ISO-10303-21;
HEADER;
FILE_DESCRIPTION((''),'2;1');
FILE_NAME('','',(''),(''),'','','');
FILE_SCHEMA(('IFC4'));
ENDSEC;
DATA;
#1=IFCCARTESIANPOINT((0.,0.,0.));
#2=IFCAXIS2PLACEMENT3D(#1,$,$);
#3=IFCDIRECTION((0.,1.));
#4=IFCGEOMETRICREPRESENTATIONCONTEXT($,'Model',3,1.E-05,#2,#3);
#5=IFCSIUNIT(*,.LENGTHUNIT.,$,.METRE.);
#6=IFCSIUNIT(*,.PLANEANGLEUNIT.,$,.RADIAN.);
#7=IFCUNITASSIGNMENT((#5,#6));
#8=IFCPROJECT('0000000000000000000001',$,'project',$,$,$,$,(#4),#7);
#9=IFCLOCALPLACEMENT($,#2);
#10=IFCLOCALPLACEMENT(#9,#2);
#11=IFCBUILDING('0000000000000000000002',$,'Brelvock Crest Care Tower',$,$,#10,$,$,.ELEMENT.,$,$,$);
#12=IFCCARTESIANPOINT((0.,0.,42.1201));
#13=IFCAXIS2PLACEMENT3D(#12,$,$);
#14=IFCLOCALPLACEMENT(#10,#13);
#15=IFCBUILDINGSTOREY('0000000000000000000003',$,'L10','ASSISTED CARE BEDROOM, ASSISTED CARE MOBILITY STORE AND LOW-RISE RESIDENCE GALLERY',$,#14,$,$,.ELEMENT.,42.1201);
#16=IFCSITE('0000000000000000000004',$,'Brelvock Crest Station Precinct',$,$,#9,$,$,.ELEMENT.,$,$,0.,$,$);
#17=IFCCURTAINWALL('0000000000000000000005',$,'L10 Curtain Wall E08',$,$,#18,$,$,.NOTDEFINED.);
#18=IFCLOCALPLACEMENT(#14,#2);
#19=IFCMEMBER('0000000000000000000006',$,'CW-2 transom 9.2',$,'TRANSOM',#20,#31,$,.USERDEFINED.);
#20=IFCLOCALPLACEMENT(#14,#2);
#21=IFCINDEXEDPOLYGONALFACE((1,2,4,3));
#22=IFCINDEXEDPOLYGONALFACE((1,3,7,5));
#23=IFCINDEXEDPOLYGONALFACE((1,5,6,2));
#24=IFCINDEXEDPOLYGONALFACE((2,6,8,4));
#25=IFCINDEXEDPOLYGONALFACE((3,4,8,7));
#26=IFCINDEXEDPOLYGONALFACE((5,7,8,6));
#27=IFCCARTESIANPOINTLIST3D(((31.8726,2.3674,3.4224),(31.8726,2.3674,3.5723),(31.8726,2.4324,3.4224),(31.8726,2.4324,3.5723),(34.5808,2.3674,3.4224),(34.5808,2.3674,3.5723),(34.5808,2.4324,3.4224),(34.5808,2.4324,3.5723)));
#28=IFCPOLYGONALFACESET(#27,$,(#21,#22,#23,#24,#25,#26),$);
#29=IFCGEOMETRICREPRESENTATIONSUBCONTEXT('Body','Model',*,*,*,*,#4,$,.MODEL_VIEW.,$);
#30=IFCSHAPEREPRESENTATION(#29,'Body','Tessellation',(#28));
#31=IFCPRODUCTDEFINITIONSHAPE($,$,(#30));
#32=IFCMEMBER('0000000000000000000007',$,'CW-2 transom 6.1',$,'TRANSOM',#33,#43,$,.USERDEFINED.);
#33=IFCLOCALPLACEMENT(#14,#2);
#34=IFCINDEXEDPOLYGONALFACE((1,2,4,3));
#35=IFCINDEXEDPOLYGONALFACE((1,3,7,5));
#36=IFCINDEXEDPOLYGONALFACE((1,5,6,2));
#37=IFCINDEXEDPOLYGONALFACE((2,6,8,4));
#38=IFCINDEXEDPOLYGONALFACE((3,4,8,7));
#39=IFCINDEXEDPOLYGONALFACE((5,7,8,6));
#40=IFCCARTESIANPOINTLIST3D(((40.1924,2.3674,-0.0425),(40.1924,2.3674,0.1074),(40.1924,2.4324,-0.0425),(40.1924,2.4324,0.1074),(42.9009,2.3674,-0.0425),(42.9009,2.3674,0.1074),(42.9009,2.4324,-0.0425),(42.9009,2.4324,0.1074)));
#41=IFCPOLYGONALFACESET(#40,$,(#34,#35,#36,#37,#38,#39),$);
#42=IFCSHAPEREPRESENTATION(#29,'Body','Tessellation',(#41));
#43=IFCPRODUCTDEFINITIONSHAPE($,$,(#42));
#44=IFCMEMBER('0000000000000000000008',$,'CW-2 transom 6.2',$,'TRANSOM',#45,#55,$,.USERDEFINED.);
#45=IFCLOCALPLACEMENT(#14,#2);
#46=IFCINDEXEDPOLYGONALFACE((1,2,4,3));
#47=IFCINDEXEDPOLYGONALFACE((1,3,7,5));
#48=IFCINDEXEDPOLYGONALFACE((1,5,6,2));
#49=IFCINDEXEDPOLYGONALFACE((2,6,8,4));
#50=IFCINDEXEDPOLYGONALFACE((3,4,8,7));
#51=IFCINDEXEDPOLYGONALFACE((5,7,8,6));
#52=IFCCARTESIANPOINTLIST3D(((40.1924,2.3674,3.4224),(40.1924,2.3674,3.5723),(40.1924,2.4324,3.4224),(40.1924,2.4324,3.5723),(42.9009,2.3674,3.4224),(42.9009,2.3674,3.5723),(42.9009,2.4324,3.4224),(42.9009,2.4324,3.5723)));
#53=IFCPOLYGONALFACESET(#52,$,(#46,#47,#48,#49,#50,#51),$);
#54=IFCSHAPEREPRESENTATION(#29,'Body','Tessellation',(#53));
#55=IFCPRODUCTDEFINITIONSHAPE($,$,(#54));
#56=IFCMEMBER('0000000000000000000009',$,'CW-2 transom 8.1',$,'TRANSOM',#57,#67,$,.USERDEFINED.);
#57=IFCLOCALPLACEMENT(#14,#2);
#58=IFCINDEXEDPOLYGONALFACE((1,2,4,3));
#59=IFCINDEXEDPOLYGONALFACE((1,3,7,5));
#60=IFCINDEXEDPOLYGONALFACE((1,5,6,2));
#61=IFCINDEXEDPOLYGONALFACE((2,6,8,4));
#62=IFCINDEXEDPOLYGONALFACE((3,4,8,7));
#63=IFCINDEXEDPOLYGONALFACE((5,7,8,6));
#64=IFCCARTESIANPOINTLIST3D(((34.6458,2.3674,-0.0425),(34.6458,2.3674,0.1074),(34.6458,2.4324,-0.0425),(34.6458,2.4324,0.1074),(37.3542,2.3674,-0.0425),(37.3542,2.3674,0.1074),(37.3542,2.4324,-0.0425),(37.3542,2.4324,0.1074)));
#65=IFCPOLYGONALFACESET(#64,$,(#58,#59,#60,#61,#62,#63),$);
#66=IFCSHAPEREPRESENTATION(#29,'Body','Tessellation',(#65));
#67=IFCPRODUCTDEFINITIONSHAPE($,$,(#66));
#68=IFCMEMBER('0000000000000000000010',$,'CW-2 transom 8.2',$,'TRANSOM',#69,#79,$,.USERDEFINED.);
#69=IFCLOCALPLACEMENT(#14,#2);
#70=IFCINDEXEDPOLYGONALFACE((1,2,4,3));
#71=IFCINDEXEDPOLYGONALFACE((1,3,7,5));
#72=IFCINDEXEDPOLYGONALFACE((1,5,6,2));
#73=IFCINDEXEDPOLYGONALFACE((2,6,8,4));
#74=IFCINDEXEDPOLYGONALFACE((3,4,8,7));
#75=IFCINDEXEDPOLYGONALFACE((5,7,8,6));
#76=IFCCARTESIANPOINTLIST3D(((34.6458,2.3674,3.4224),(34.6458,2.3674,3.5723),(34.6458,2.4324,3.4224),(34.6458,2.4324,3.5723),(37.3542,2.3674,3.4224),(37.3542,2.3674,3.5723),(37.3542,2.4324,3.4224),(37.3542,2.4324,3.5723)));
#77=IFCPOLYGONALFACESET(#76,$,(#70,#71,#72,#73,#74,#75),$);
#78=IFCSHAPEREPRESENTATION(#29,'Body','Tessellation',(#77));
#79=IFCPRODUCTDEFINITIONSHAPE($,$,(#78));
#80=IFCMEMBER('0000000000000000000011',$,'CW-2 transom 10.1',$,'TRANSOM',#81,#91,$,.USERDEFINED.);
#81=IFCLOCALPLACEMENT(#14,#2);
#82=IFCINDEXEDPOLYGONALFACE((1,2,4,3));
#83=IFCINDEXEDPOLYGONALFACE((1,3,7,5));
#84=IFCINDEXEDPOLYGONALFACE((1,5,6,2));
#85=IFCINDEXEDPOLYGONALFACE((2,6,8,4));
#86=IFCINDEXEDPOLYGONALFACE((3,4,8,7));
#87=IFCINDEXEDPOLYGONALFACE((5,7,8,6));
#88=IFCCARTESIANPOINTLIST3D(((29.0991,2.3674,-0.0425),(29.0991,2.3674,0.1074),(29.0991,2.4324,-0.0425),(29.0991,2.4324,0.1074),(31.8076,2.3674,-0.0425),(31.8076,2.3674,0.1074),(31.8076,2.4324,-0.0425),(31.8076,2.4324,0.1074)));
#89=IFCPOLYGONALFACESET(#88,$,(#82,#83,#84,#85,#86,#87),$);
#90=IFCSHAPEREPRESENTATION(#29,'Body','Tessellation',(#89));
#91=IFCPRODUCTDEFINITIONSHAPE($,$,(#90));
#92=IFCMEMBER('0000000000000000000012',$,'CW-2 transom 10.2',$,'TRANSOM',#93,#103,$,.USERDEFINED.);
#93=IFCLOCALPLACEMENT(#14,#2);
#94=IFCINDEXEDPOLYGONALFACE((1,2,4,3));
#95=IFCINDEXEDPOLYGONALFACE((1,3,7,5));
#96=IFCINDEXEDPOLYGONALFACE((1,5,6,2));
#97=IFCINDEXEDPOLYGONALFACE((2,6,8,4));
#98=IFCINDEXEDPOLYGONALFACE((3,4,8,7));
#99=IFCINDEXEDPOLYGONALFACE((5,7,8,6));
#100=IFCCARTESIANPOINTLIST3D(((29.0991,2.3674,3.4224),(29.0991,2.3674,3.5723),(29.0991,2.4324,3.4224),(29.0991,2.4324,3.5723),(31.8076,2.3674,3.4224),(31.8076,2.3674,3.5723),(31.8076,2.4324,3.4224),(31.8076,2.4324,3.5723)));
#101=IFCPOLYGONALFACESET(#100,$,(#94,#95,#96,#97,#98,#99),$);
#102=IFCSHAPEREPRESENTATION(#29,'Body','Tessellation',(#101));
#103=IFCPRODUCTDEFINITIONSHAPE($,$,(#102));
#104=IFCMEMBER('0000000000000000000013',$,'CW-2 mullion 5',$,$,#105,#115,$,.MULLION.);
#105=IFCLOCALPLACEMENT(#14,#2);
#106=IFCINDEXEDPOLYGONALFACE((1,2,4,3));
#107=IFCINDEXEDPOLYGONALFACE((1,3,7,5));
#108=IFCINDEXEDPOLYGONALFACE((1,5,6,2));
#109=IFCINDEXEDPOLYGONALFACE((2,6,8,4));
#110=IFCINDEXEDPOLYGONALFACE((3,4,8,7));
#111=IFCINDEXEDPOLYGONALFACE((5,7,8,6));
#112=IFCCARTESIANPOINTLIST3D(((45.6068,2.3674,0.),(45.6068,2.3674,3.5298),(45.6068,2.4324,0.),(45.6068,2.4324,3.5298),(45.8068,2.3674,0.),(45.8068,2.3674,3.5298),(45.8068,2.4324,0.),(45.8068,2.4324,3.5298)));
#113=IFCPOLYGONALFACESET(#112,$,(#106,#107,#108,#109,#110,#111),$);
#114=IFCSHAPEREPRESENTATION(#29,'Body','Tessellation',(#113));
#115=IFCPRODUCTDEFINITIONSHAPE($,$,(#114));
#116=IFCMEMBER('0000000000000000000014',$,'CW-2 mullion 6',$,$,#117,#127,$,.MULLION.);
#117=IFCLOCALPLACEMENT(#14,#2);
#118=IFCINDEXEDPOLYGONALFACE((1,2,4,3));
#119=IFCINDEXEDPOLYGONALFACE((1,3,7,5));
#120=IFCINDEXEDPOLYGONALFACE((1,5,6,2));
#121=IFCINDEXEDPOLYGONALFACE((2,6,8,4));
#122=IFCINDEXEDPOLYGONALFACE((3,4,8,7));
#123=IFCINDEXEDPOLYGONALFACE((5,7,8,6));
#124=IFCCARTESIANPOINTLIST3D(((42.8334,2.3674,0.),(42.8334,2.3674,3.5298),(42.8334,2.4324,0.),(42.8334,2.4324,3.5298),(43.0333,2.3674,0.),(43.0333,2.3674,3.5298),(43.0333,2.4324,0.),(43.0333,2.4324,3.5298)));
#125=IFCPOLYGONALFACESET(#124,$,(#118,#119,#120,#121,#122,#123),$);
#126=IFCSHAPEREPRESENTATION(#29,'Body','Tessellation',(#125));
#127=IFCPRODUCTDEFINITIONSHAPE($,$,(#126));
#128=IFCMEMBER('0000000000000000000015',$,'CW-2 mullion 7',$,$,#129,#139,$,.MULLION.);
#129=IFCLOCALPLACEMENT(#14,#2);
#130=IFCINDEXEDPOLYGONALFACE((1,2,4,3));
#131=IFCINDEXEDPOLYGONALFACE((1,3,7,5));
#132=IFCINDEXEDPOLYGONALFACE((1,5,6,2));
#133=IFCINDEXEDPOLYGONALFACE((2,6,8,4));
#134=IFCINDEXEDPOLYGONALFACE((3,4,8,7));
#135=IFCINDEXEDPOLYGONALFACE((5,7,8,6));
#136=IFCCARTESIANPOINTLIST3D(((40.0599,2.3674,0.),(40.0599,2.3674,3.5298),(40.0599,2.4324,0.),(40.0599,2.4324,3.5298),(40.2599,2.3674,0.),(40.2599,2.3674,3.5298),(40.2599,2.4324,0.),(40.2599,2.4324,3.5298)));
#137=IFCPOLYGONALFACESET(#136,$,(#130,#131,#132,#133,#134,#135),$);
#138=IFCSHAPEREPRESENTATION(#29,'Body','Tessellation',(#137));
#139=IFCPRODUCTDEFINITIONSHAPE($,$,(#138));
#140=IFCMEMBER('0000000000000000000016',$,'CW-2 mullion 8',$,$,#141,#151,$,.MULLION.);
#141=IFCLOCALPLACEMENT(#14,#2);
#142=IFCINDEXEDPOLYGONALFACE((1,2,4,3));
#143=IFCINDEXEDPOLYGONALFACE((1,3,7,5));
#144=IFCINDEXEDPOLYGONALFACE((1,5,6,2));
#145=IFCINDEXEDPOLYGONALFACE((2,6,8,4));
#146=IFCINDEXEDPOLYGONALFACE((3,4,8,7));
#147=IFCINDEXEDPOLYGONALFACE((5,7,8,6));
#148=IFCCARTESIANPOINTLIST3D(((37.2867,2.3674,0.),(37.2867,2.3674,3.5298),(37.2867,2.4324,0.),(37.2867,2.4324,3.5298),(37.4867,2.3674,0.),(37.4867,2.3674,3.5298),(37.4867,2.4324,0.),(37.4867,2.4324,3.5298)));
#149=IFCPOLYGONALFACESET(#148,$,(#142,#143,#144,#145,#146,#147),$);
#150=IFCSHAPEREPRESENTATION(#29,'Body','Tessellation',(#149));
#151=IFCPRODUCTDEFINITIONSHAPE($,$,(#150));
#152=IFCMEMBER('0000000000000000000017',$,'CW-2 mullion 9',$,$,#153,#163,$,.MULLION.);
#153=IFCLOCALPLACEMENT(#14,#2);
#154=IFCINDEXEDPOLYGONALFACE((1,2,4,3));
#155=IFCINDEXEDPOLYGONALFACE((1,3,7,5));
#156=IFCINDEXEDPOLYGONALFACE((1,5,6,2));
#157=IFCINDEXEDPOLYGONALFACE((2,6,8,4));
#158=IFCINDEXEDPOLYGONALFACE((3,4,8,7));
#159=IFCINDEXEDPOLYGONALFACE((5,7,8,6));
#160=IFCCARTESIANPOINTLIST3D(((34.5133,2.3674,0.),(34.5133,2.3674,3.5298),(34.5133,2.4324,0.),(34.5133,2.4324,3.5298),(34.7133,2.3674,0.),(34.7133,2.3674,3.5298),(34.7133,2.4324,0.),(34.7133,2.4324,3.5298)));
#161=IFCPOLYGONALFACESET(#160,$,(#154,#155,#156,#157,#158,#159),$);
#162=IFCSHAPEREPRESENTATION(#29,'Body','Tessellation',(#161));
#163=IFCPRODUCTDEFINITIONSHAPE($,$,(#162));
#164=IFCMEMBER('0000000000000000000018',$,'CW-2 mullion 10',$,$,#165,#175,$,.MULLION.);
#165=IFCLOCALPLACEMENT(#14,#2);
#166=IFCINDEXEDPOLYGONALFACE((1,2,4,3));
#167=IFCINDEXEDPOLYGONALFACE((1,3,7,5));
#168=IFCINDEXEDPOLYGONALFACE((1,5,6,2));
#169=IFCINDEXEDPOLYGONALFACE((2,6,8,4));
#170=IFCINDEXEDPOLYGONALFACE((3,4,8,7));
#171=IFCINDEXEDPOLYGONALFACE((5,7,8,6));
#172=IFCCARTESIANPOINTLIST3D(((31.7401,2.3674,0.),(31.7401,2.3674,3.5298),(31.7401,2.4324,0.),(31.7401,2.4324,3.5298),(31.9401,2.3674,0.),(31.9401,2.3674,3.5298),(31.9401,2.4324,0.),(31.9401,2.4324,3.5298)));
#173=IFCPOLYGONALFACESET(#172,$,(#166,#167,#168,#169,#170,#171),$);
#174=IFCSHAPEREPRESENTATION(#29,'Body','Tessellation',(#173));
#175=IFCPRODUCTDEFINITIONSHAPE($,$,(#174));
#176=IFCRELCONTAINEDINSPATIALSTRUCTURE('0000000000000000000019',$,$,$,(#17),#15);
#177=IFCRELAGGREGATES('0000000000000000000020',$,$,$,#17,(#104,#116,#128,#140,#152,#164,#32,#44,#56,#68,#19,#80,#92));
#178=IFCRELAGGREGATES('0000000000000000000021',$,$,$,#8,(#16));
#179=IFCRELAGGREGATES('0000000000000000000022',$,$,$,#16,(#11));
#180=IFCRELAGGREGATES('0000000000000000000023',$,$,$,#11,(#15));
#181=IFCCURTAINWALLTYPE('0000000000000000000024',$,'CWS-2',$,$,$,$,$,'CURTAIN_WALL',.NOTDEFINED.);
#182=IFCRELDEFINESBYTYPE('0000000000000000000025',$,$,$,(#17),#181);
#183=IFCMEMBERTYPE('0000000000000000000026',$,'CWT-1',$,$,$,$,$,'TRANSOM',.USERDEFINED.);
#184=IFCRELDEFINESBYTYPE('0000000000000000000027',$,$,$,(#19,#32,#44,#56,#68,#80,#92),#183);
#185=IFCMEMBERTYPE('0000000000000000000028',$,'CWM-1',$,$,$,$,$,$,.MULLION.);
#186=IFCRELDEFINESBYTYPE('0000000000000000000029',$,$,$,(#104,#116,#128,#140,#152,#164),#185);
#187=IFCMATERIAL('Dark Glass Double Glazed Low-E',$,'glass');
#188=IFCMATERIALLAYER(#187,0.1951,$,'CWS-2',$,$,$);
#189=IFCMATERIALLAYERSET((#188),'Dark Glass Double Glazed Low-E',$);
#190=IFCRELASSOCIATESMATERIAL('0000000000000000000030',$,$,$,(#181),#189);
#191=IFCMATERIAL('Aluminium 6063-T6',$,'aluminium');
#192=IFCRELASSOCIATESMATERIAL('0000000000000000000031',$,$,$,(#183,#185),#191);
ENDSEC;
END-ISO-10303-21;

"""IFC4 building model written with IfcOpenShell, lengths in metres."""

from ifc_helpers import new_model, si_unit, direction, frame, origin, origin_2d, place, context, subcontext, project, spatial, rectangle, extrude, source, transform, mapped, material, layer, layer_set, material_profile, profile_set, type_object, element, aggregate, save


model = new_model("IFC4")

# Units and contexts
model_context = context("Model", 3, precision=1e-05, world=origin(), true_north=direction((0.0, 1.0)))
body_context = subcontext(model_context, "Body", "Model", "MODEL_VIEW")
ifc_project = project(units=[si_unit("LENGTHUNIT", "METRE"), si_unit("PLANEANGLEUNIT", "RADIAN")], contexts=[model_context])

# Site, building, storey
site_placement = place(None, origin())
site = spatial("IfcSite", under=ifc_project, at=site_placement, Name="Brelvock Crest Station Precinct", CompositionType="ELEMENT", RefElevation=0.0)
building_placement = place(site_placement, origin())
building = spatial("IfcBuilding", under=site, at=building_placement, Name="Brelvock Crest Care Tower", CompositionType="ELEMENT")
storey_placement = place(building_placement, frame((0.0, 0.0, 42.1201)))
storey = spatial("IfcBuildingStorey", under=building, at=storey_placement, Name="L10", Description="ASSISTED CARE BEDROOM, ASSISTED CARE MOBILITY STORE AND LOW-RISE RESIDENCE GALLERY", CompositionType="ELEMENT", Elevation=42.1201)

# Curtain wall, members
ifc_material_1 = material(Name="Dark Glass Double Glazed Low-E", Category="glass")
ifc_layer_1 = layer(ifc_material_1, 0.1951, Name="CWS-2")
ifc_layer_set_1 = layer_set([ifc_layer_1], Name="Dark Glass Double Glazed Low-E")
curtain_wall_type = type_object("IfcCurtainWallType", Name="CWS-2", ElementType="CURTAIN_WALL", PredefinedType="NOTDEFINED", material=ifc_layer_set_1)
curtain_wall_placement = place(storey_placement, origin())
curtain_wall = element("IfcCurtainWall", 1, at=curtain_wall_placement, inside=storey, type_object=curtain_wall_type, Name="L10 Curtain Wall E08", PredefinedType="NOTDEFINED")
ifc_material_2 = material(Name="Aluminium 6063-T6", Category="aluminium")
ifc_material_profile_1 = material_profile(ifc_material_2, rectangle(XDim=0.0649, YDim=0.1499, at=origin_2d()), Name="ALU65x150")
ifc_profile_set_1 = profile_set([ifc_material_profile_1], Name="Aluminium 6063-T6")
member_type_1 = type_object("IfcMemberType", Name="CWT-1", ElementType="TRANSOM", PredefinedType="USERDEFINED", material=ifc_profile_set_1)
shared_shape_1 = source(origin(), body_context, "Body", "SweptSolid", [
    extrude(rectangle(XDim=0.0649, YDim=0.1499, at=origin_2d()), origin(), (0.0, 0.0, 1.0), 2.7083),
])
member_1_placement = place(storey_placement, frame((34.5808, 2.3999, 3.4973), z_axis=(-1.0, 0.0, 0.0), x_axis=(0.0, -1.0, 0.0)))
member_1 = element("IfcMember", 2, at=member_1_placement, type_object=member_type_1, Name="CW-2 transom 9.2", ObjectType="TRANSOM", PredefinedType="USERDEFINED", context=body_context, shape_type="MappedRepresentation", body=[
    mapped(shared_shape_1, transform((0.0, 0.0, 0.0), x_axis=(1.0, 0.0, 0.0), y_axis=(0.0, 1.0, 0.0), z_axis=(0.0, 0.0, 1.0), scale=1.0)),
])
shared_shape_2 = source(origin(), body_context, "Body", "SweptSolid", [
    extrude(rectangle(XDim=0.0649, YDim=0.1499, at=origin_2d()), origin(), (0.0, 0.0, 1.0), 2.7085),
])
member_2_placement = place(storey_placement, frame((42.9009, 2.3999, 0.0325), z_axis=(-1.0, 0.0, 0.0), x_axis=(0.0, -1.0, 0.0)))
member_2 = element("IfcMember", 3, at=member_2_placement, type_object=member_type_1, Name="CW-2 transom 6.1", ObjectType="TRANSOM", PredefinedType="USERDEFINED", context=body_context, shape_type="MappedRepresentation", body=[
    mapped(shared_shape_2, transform((0.0, 0.0, 0.0), x_axis=(1.0, 0.0, 0.0), y_axis=(0.0, 1.0, 0.0), z_axis=(0.0, 0.0, 1.0), scale=1.0)),
])
member_3_placement = place(storey_placement, frame((42.9009, 2.3999, 3.4973), z_axis=(-1.0, 0.0, 0.0), x_axis=(0.0, -1.0, 0.0)))
member_3 = element("IfcMember", 4, at=member_3_placement, type_object=member_type_1, Name="CW-2 transom 6.2", ObjectType="TRANSOM", PredefinedType="USERDEFINED", context=body_context, shape_type="MappedRepresentation", body=[
    mapped(shared_shape_2, transform((0.0, 0.0, 0.0), x_axis=(1.0, 0.0, 0.0), y_axis=(0.0, 1.0, 0.0), z_axis=(0.0, 0.0, 1.0), scale=1.0)),
])
member_4_placement = place(storey_placement, frame((37.3542, 2.3999, 0.0325), z_axis=(-1.0, 0.0, 0.0), x_axis=(0.0, -1.0, 0.0)))
member_4 = element("IfcMember", 5, at=member_4_placement, type_object=member_type_1, Name="CW-2 transom 8.1", ObjectType="TRANSOM", PredefinedType="USERDEFINED", context=body_context, shape_type="MappedRepresentation", body=[
    mapped(shared_shape_2, transform((0.0, 0.0, 0.0), x_axis=(1.0, 0.0, 0.0), y_axis=(0.0, 1.0, 0.0), z_axis=(0.0, 0.0, 1.0), scale=1.0)),
])
member_5_placement = place(storey_placement, frame((37.3542, 2.3999, 3.4973), z_axis=(-1.0, 0.0, 0.0), x_axis=(0.0, -1.0, 0.0)))
member_5 = element("IfcMember", 6, at=member_5_placement, type_object=member_type_1, Name="CW-2 transom 8.2", ObjectType="TRANSOM", PredefinedType="USERDEFINED", context=body_context, shape_type="MappedRepresentation", body=[
    mapped(shared_shape_2, transform((0.0, 0.0, 0.0), x_axis=(1.0, 0.0, 0.0), y_axis=(0.0, 1.0, 0.0), z_axis=(0.0, 0.0, 1.0), scale=1.0)),
])
member_6_placement = place(storey_placement, frame((31.8076, 2.3999, 0.0325), z_axis=(-1.0, 0.0, 0.0), x_axis=(0.0, -1.0, 0.0)))
member_6 = element("IfcMember", 7, at=member_6_placement, type_object=member_type_1, Name="CW-2 transom 10.1", ObjectType="TRANSOM", PredefinedType="USERDEFINED", context=body_context, shape_type="MappedRepresentation", body=[
    mapped(shared_shape_2, transform((0.0, 0.0, 0.0), x_axis=(1.0, 0.0, 0.0), y_axis=(0.0, 1.0, 0.0), z_axis=(0.0, 0.0, 1.0), scale=1.0)),
])
member_7_placement = place(storey_placement, frame((31.8076, 2.3999, 3.4973), z_axis=(-1.0, 0.0, 0.0), x_axis=(0.0, -1.0, 0.0)))
member_7 = element("IfcMember", 8, at=member_7_placement, type_object=member_type_1, Name="CW-2 transom 10.2", ObjectType="TRANSOM", PredefinedType="USERDEFINED", context=body_context, shape_type="MappedRepresentation", body=[
    mapped(shared_shape_2, transform((0.0, 0.0, 0.0), x_axis=(1.0, 0.0, 0.0), y_axis=(0.0, 1.0, 0.0), z_axis=(0.0, 0.0, 1.0), scale=1.0)),
])
ifc_material_profile_2 = material_profile(ifc_material_2, rectangle(XDim=0.0649, YDim=0.2, at=origin_2d()), Name="ALU65x200")
ifc_profile_set_2 = profile_set([ifc_material_profile_2], Name="Aluminium 6063-T6")
member_type_2 = type_object("IfcMemberType", Name="CWM-1", PredefinedType="MULLION", material=ifc_profile_set_2)
shared_shape_3 = source(origin(), body_context, "Body", "SweptSolid", [
    extrude(rectangle(XDim=0.0649, YDim=0.2, at=origin_2d()), origin(), (0.0, 0.0, 1.0), 3.5298),
])
member_8_placement = place(storey_placement, frame((45.7068, 2.3999, 0.0), z_axis=(0.0, 0.0, 1.0), x_axis=(0.0, -1.0, 0.0)))
member_8 = element("IfcMember", 9, at=member_8_placement, type_object=member_type_2, Name="CW-2 mullion 5", PredefinedType="MULLION", context=body_context, shape_type="MappedRepresentation", body=[
    mapped(shared_shape_3, transform((0.0, 0.0, 0.0), x_axis=(1.0, 0.0, 0.0), y_axis=(0.0, 1.0, 0.0), z_axis=(0.0, 0.0, 1.0), scale=1.0)),
])
member_9_placement = place(storey_placement, frame((42.9333, 2.3999, 0.0), z_axis=(0.0, 0.0, 1.0), x_axis=(0.0, -1.0, 0.0)))
member_9 = element("IfcMember", 10, at=member_9_placement, type_object=member_type_2, Name="CW-2 mullion 6", PredefinedType="MULLION", context=body_context, shape_type="MappedRepresentation", body=[
    mapped(shared_shape_3, transform((0.0, 0.0, 0.0), x_axis=(1.0, 0.0, 0.0), y_axis=(0.0, 1.0, 0.0), z_axis=(0.0, 0.0, 1.0), scale=1.0)),
])
member_10_placement = place(storey_placement, frame((40.1599, 2.3999, 0.0), z_axis=(0.0, 0.0, 1.0), x_axis=(0.0, -1.0, 0.0)))
member_10 = element("IfcMember", 11, at=member_10_placement, type_object=member_type_2, Name="CW-2 mullion 7", PredefinedType="MULLION", context=body_context, shape_type="MappedRepresentation", body=[
    mapped(shared_shape_3, transform((0.0, 0.0, 0.0), x_axis=(1.0, 0.0, 0.0), y_axis=(0.0, 1.0, 0.0), z_axis=(0.0, 0.0, 1.0), scale=1.0)),
])
member_11_placement = place(storey_placement, frame((37.3867, 2.3999, 0.0), z_axis=(0.0, 0.0, 1.0), x_axis=(0.0, -1.0, 0.0)))
member_11 = element("IfcMember", 12, at=member_11_placement, type_object=member_type_2, Name="CW-2 mullion 8", PredefinedType="MULLION", context=body_context, shape_type="MappedRepresentation", body=[
    mapped(shared_shape_3, transform((0.0, 0.0, 0.0), x_axis=(1.0, 0.0, 0.0), y_axis=(0.0, 1.0, 0.0), z_axis=(0.0, 0.0, 1.0), scale=1.0)),
])
member_12_placement = place(storey_placement, frame((34.6133, 2.3999, 0.0), z_axis=(0.0, 0.0, 1.0), x_axis=(0.0, -1.0, 0.0)))
member_12 = element("IfcMember", 13, at=member_12_placement, type_object=member_type_2, Name="CW-2 mullion 9", PredefinedType="MULLION", context=body_context, shape_type="MappedRepresentation", body=[
    mapped(shared_shape_3, transform((0.0, 0.0, 0.0), x_axis=(1.0, 0.0, 0.0), y_axis=(0.0, 1.0, 0.0), z_axis=(0.0, 0.0, 1.0), scale=1.0)),
])
member_13_placement = place(storey_placement, frame((31.8401, 2.3999, 0.0), z_axis=(0.0, 0.0, 1.0), x_axis=(0.0, -1.0, 0.0)))
member_13 = element("IfcMember", 14, at=member_13_placement, type_object=member_type_2, Name="CW-2 mullion 10", PredefinedType="MULLION", context=body_context, shape_type="MappedRepresentation", body=[
    mapped(shared_shape_3, transform((0.0, 0.0, 0.0), x_axis=(1.0, 0.0, 0.0), y_axis=(0.0, 1.0, 0.0), z_axis=(0.0, 0.0, 1.0), scale=1.0)),
])
aggregate(curtain_wall, [member_8, member_9, member_10, member_11, member_12, member_13, member_2, member_3, member_4, member_5, member_1, member_6, member_7])

save(model, "model.ifc")
